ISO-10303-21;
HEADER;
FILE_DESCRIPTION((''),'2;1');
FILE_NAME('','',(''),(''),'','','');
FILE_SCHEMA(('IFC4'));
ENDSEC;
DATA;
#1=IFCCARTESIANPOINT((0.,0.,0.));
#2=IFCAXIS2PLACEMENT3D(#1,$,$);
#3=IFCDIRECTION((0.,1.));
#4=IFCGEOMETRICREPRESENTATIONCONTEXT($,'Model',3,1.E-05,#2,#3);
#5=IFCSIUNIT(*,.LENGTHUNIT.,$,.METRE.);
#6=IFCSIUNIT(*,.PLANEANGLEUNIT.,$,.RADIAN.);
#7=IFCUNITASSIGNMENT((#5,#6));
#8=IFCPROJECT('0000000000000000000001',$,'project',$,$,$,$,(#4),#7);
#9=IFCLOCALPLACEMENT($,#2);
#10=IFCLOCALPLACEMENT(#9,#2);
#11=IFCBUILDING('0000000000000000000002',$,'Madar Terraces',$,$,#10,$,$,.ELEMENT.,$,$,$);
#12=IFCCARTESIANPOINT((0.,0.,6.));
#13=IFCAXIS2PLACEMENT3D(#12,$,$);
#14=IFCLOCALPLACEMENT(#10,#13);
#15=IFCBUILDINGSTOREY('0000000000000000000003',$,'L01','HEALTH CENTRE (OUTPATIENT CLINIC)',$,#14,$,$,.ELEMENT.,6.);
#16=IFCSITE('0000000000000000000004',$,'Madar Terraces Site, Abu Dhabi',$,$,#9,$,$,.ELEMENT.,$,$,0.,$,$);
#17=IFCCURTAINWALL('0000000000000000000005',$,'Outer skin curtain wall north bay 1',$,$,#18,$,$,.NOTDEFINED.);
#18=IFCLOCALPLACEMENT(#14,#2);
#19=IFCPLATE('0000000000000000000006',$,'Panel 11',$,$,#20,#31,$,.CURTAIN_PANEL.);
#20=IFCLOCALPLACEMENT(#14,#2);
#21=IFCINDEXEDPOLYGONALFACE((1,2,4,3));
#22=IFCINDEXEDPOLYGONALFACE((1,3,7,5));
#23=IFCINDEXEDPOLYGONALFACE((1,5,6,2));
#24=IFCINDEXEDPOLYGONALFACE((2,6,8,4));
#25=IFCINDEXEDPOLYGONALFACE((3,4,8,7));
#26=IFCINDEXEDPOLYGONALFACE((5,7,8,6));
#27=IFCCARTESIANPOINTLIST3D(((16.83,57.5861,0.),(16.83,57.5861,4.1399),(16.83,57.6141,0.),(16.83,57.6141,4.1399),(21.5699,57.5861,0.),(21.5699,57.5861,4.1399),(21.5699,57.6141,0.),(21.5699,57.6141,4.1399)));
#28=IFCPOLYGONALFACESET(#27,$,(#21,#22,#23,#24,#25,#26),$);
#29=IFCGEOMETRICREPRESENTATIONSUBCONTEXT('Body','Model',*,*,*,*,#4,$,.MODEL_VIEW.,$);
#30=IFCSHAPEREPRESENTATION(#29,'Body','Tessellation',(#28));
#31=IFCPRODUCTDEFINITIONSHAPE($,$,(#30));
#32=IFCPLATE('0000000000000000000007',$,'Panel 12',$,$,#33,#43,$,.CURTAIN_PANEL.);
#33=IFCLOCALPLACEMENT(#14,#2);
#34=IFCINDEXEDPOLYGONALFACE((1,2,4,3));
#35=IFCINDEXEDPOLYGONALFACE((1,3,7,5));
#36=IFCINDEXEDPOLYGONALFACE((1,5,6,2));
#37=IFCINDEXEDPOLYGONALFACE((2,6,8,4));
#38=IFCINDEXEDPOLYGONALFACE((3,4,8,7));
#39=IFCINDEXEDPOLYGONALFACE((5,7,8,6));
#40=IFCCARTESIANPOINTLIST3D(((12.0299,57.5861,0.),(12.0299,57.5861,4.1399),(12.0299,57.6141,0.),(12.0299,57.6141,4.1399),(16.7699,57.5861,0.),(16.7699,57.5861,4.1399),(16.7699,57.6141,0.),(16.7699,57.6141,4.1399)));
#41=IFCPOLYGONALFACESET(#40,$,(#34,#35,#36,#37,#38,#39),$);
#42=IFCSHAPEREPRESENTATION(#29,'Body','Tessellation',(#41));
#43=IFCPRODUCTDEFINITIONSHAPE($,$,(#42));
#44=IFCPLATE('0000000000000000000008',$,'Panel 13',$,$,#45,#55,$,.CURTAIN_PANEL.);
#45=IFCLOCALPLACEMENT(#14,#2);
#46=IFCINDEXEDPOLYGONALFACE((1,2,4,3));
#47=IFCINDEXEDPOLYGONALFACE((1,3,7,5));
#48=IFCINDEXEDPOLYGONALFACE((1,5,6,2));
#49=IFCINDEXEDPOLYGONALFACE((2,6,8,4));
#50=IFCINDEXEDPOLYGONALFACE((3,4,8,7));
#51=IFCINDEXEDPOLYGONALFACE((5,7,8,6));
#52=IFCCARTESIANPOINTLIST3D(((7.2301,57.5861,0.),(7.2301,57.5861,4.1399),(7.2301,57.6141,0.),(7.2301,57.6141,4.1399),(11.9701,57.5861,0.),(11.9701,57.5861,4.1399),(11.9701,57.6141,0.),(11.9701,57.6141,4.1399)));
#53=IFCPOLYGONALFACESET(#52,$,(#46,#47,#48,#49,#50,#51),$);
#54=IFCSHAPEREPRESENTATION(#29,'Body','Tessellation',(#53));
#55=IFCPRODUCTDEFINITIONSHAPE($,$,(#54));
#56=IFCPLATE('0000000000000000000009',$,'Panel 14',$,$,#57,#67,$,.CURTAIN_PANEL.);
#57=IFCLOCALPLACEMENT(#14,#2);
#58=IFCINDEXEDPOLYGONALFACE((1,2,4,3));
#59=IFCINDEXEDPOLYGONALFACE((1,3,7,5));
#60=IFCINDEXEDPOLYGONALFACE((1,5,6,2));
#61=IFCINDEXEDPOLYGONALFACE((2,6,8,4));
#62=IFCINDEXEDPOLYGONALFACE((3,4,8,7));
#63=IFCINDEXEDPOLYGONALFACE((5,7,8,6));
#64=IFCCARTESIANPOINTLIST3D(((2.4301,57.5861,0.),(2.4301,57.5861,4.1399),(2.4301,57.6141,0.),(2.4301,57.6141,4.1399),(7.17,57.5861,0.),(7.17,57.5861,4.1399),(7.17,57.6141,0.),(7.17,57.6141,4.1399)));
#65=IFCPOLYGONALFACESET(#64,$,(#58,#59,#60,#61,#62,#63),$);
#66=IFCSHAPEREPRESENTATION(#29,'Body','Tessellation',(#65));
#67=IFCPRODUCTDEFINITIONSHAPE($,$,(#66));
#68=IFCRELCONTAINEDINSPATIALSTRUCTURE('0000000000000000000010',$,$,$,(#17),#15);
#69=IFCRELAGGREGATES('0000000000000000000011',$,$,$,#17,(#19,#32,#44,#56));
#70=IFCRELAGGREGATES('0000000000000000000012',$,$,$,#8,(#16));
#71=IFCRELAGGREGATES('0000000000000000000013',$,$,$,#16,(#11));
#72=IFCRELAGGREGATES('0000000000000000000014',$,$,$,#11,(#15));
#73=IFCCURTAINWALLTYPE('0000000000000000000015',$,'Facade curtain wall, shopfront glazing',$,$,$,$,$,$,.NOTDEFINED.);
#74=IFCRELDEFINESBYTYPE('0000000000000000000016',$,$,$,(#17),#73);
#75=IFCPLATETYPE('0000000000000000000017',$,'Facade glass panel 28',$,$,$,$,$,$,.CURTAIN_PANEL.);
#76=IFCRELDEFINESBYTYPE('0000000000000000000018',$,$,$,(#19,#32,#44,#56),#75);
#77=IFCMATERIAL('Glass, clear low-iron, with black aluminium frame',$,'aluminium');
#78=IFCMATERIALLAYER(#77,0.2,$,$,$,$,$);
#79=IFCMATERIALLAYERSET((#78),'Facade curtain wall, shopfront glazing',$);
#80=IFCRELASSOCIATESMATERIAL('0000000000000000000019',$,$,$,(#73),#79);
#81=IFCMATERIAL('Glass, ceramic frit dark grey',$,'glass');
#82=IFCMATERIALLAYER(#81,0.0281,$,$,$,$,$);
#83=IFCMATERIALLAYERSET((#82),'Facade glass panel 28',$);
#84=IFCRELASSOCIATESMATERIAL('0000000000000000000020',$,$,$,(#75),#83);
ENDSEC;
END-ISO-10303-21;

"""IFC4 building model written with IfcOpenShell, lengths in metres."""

from ifc_helpers import new_model, si_unit, direction, frame, origin, origin_2d, place, context, subcontext, project, spatial, rectangle, extrude, material, layer, layer_set, type_object, element, aggregate, save


model = new_model("IFC4")

# Units and contexts
model_context = context("Model", 3, precision=1e-05, world=origin(), true_north=direction((0.0, 1.0)))
body_context = subcontext(model_context, "Body", "Model", "MODEL_VIEW")
ifc_project = project(units=[si_unit("LENGTHUNIT", "METRE"), si_unit("PLANEANGLEUNIT", "RADIAN")], contexts=[model_context])

# Site, building, storey
site_placement = place(None, origin())
site = spatial("IfcSite", under=ifc_project, at=site_placement, Name="Madar Terraces Site, Abu Dhabi", CompositionType="ELEMENT", RefElevation=0.0)
building_placement = place(site_placement, origin())
building = spatial("IfcBuilding", under=site, at=building_placement, Name="Madar Terraces", CompositionType="ELEMENT")
storey_placement = place(building_placement, frame((0.0, 0.0, 6.0)))
storey = spatial("IfcBuildingStorey", under=building, at=storey_placement, Name="L01", Description="HEALTH CENTRE (OUTPATIENT CLINIC)", CompositionType="ELEMENT", Elevation=6.0)

# Curtain wall, plates
ifc_material_1 = material(Name="Glass, clear low-iron, with black aluminium frame", Category="aluminium")
ifc_layer_1 = layer(ifc_material_1, 0.2)
ifc_layer_set_1 = layer_set([ifc_layer_1], Name="Facade curtain wall, shopfront glazing")
curtain_wall_type = type_object("IfcCurtainWallType", Name="Facade curtain wall, shopfront glazing", PredefinedType="NOTDEFINED", material=ifc_layer_set_1)
curtain_wall_placement = place(storey_placement, origin())
curtain_wall = element("IfcCurtainWall", 1, at=curtain_wall_placement, inside=storey, type_object=curtain_wall_type, Name="Outer skin curtain wall north bay 1", PredefinedType="NOTDEFINED")
ifc_material_2 = material(Name="Glass, ceramic frit dark grey", Category="glass")
ifc_layer_2 = layer(ifc_material_2, 0.0281)
ifc_layer_set_2 = layer_set([ifc_layer_2], Name="Facade glass panel 28")
plate_type = type_object("IfcPlateType", Name="Facade glass panel 28", PredefinedType="CURTAIN_PANEL", material=ifc_layer_set_2)
plate_1_placement = place(storey_placement, frame((19.2, 57.6001, 0.0), z_axis=(0.0, 0.0, 1.0), x_axis=(-1.0, 0.0, 0.0)))
plate_1 = element("IfcPlate", 2, at=plate_1_placement, type_object=plate_type, Name="Panel 11", PredefinedType="CURTAIN_PANEL", context=body_context, shape_type="SweptSolid", body=[
    extrude(rectangle(XDim=4.74, YDim=0.0281, at=origin_2d()), origin(), (0.0, 0.0, 1.0), 4.1399),
])
plate_2_placement = place(storey_placement, frame((14.3999, 57.6001, 0.0), z_axis=(0.0, 0.0, 1.0), x_axis=(-1.0, 0.0, 0.0)))
plate_2 = element("IfcPlate", 3, at=plate_2_placement, type_object=plate_type, Name="Panel 12", PredefinedType="CURTAIN_PANEL", context=body_context, shape_type="SweptSolid", body=[
    extrude(rectangle(XDim=4.74, YDim=0.0281, at=origin_2d()), origin(), (0.0, 0.0, 1.0), 4.1399),
])
plate_3_placement = place(storey_placement, frame((9.6001, 57.6001, 0.0), z_axis=(0.0, 0.0, 1.0), x_axis=(-1.0, 0.0, 0.0)))
plate_3 = element("IfcPlate", 4, at=plate_3_placement, type_object=plate_type, Name="Panel 13", PredefinedType="CURTAIN_PANEL", context=body_context, shape_type="SweptSolid", body=[
    extrude(rectangle(XDim=4.74, YDim=0.0281, at=origin_2d()), origin(), (0.0, 0.0, 1.0), 4.1399),
])
plate_4_placement = place(storey_placement, frame((4.8, 57.6001, 0.0), z_axis=(0.0, 0.0, 1.0), x_axis=(-1.0, 0.0, 0.0)))
plate_4 = element("IfcPlate", 5, at=plate_4_placement, type_object=plate_type, Name="Panel 14", PredefinedType="CURTAIN_PANEL", context=body_context, shape_type="SweptSolid", body=[
    extrude(rectangle(XDim=4.74, YDim=0.0281, at=origin_2d()), origin(), (0.0, 0.0, 1.0), 4.1399),
])
aggregate(curtain_wall, [plate_1, plate_2, plate_3, plate_4])

save(model, "model.ifc")
